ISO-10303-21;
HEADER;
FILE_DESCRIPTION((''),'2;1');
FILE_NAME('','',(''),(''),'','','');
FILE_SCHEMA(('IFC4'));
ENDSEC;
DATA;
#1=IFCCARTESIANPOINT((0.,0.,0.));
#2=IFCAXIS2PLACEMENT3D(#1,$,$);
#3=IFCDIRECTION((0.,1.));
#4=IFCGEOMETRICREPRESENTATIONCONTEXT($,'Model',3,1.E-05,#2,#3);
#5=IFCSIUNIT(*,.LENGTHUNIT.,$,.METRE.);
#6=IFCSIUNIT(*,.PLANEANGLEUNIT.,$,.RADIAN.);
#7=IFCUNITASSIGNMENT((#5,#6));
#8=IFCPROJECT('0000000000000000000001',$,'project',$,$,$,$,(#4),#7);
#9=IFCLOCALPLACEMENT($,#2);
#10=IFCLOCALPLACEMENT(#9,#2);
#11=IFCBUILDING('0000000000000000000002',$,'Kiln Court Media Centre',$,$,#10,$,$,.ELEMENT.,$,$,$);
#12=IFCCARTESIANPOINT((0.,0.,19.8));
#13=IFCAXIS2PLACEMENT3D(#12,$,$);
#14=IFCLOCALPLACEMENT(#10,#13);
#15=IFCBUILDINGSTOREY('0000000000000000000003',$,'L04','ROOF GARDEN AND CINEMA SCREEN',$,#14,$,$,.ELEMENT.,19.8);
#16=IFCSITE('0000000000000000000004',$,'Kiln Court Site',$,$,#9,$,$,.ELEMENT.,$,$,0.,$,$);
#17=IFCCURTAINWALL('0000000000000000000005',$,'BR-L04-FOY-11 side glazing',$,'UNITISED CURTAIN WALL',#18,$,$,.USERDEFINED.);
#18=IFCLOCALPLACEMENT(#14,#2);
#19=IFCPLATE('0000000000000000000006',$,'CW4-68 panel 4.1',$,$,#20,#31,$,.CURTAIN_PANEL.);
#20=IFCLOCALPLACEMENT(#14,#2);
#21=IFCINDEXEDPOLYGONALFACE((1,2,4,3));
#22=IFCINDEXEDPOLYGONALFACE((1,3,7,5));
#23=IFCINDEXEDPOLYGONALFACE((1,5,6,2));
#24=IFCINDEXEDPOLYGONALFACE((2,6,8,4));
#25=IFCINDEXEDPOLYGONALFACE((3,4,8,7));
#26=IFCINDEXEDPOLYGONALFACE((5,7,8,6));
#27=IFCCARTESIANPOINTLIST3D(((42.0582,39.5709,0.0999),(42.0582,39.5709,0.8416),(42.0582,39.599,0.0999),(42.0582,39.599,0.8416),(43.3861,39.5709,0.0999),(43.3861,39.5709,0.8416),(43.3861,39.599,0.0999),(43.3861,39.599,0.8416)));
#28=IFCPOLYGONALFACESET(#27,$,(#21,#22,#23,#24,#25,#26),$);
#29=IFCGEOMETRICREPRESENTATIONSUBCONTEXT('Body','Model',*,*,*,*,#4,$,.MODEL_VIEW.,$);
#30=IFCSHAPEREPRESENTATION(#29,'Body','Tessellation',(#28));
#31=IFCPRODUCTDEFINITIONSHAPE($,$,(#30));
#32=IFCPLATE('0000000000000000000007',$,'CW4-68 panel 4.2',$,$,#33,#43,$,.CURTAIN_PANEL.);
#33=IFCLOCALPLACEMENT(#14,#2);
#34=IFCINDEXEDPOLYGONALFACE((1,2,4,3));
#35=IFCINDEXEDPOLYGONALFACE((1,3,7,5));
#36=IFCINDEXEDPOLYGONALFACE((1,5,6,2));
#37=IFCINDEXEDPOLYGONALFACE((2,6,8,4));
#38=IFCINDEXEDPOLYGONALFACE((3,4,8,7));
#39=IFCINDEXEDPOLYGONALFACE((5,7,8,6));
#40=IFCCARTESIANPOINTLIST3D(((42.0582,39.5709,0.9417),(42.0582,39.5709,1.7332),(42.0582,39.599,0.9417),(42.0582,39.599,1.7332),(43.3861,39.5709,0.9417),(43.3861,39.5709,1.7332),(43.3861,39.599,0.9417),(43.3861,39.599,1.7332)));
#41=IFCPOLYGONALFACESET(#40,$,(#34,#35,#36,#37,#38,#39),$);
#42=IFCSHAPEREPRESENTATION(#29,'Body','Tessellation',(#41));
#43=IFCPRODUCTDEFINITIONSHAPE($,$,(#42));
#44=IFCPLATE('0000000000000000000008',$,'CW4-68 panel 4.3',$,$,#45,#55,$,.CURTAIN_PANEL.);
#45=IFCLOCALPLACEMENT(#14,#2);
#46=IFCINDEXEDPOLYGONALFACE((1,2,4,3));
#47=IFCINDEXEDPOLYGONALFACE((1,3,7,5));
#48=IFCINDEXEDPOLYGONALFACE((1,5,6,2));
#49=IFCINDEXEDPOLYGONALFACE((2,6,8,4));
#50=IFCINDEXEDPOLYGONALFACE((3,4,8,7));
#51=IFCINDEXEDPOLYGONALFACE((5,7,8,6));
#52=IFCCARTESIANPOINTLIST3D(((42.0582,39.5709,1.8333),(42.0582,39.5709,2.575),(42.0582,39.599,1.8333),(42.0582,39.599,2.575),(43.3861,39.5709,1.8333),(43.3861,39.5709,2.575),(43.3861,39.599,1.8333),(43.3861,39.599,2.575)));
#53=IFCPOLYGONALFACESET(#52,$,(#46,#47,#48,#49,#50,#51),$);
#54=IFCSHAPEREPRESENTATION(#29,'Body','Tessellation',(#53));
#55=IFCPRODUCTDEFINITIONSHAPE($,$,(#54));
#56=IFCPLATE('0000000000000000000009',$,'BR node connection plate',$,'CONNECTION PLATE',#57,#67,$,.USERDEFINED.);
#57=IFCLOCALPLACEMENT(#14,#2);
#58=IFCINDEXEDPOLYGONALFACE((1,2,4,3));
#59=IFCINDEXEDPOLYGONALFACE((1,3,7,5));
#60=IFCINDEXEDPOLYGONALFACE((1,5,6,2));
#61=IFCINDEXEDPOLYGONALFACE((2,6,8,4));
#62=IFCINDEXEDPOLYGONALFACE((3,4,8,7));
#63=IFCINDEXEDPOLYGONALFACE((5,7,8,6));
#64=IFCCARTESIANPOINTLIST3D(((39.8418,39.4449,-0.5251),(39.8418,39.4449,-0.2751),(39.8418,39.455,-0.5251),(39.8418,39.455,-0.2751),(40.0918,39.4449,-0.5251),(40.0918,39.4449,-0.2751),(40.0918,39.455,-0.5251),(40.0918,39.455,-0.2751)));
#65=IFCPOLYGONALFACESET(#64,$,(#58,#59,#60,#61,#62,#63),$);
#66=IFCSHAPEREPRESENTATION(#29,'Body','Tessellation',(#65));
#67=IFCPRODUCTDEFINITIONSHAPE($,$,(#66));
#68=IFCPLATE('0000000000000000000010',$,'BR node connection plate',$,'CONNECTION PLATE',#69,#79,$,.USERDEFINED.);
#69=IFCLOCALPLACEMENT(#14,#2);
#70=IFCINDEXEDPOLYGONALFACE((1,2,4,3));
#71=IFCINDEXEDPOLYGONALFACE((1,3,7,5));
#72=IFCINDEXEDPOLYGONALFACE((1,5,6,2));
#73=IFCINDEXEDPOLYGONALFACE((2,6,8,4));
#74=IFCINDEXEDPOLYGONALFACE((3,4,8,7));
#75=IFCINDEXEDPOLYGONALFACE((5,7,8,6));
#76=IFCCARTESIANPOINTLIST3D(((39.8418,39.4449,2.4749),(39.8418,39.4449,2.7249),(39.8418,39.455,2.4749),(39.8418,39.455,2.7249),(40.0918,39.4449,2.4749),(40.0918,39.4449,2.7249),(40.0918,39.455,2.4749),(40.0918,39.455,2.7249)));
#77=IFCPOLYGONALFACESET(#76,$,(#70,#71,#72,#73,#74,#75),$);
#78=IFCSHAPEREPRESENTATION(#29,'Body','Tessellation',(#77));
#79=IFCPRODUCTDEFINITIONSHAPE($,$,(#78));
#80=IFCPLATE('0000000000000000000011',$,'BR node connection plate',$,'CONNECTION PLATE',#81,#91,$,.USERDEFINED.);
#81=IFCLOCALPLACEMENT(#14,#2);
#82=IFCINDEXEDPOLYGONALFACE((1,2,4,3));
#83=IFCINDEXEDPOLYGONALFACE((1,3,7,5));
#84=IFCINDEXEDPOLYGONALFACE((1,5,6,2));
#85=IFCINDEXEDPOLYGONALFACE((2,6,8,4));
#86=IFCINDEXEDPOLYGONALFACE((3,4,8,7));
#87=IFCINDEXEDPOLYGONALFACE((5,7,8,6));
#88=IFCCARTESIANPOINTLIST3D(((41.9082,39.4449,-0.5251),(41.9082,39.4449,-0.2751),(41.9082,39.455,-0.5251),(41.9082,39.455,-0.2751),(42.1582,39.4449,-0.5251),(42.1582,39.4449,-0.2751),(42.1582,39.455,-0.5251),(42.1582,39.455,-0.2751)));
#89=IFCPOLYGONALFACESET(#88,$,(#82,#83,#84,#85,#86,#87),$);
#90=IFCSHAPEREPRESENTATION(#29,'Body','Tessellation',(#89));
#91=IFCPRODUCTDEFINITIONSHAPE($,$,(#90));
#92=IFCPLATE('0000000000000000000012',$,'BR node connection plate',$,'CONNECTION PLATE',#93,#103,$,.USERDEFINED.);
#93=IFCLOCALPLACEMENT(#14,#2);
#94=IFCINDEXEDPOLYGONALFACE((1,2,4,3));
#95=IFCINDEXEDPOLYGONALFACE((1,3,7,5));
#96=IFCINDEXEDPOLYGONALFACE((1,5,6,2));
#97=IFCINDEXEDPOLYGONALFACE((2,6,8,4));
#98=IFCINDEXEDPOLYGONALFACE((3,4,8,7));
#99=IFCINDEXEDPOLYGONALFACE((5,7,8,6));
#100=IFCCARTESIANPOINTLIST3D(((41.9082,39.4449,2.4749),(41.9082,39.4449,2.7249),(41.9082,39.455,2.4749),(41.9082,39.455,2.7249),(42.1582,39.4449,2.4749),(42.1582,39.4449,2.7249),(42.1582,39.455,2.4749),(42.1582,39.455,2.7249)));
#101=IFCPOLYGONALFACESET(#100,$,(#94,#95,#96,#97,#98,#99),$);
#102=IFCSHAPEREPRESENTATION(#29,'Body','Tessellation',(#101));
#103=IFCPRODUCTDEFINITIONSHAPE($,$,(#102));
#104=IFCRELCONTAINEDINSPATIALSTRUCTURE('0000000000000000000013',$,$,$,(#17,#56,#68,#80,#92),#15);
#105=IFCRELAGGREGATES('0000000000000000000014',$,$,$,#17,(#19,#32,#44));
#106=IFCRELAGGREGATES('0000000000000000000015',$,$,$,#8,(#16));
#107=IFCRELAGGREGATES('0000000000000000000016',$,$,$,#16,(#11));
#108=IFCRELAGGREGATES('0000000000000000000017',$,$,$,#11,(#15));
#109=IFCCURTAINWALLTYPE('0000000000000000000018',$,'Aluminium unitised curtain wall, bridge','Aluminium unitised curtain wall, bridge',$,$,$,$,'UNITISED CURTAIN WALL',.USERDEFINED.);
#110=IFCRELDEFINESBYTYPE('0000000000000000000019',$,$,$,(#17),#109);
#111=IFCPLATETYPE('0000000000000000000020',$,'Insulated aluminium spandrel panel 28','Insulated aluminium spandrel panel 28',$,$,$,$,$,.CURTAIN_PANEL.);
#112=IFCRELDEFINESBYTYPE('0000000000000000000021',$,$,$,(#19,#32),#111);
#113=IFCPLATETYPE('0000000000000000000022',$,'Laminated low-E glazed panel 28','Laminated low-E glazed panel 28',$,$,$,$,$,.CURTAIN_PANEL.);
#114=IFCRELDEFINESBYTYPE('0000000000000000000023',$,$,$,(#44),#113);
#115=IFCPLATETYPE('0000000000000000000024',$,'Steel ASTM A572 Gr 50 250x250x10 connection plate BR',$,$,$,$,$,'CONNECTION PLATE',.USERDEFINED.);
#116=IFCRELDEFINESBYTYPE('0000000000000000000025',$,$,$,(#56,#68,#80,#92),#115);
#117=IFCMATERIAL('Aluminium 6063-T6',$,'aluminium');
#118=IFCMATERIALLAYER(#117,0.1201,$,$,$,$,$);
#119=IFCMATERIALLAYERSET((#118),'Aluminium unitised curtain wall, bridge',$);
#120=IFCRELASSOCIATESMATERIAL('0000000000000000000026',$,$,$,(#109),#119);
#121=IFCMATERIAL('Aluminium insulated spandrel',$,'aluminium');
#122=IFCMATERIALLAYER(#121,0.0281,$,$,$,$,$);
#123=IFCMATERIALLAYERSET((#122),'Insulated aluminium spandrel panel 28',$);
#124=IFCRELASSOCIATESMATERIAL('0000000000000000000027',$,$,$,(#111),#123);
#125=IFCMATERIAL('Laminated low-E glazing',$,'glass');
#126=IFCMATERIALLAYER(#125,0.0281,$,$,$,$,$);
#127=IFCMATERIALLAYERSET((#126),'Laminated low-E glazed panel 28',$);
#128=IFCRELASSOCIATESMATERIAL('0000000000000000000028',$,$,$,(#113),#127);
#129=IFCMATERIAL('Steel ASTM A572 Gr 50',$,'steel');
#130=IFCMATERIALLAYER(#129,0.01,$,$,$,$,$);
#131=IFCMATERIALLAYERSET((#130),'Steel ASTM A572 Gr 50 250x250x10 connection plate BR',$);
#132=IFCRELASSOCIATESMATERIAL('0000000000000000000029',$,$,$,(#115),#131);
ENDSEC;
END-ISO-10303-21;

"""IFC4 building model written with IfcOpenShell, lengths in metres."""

from ifc_helpers import new_model, si_unit, direction, frame, origin, origin_2d, place, context, subcontext, project, spatial, rectangle, extrude, material, layer, layer_set, type_object, element, aggregate, save


model = new_model("IFC4")

# Units and contexts
model_context = context("Model", 3, precision=1e-05, world=origin(), true_north=direction((0.0, 1.0)))
body_context = subcontext(model_context, "Body", "Model", "MODEL_VIEW")
ifc_project = project(units=[si_unit("LENGTHUNIT", "METRE"), si_unit("PLANEANGLEUNIT", "RADIAN")], contexts=[model_context])

# Site, building, storey
site_placement = place(None, origin())
site = spatial("IfcSite", under=ifc_project, at=site_placement, Name="Kiln Court Site", CompositionType="ELEMENT", RefElevation=0.0)
building_placement = place(site_placement, origin())
building = spatial("IfcBuilding", under=site, at=building_placement, Name="Kiln Court Media Centre", CompositionType="ELEMENT")
storey_placement = place(building_placement, frame((0.0, 0.0, 19.8)))
storey = spatial("IfcBuildingStorey", under=building, at=storey_placement, Name="L04", Description="ROOF GARDEN AND CINEMA SCREEN", CompositionType="ELEMENT", Elevation=19.8)

# Curtain wall
ifc_material_1 = material(Name="Aluminium 6063-T6", Category="aluminium")
ifc_layer_1 = layer(ifc_material_1, 0.1201)
ifc_layer_set_1 = layer_set([ifc_layer_1], Name="Aluminium unitised curtain wall, bridge")
curtain_wall_type = type_object("IfcCurtainWallType", Name="Aluminium unitised curtain wall, bridge", Description="Aluminium unitised curtain wall, bridge", ElementType="UNITISED CURTAIN WALL", PredefinedType="USERDEFINED", material=ifc_layer_set_1)
curtain_wall_placement = place(storey_placement, origin())
curtain_wall = element("IfcCurtainWall", 1, at=curtain_wall_placement, inside=storey, type_object=curtain_wall_type, Name="BR-L04-FOY-11 side glazing", ObjectType="UNITISED CURTAIN WALL", PredefinedType="USERDEFINED")

# Plates
ifc_material_2 = material(Name="Aluminium insulated spandrel", Category="aluminium")
ifc_layer_2 = layer(ifc_material_2, 0.0281)
ifc_layer_set_2 = layer_set([ifc_layer_2], Name="Insulated aluminium spandrel panel 28")
plate_type_1 = type_object("IfcPlateType", Name="Insulated aluminium spandrel panel 28", Description="Insulated aluminium spandrel panel 28", PredefinedType="CURTAIN_PANEL", material=ifc_layer_set_2)
plate_1_placement = place(storey_placement, frame((42.7222, 39.585, 0.0999), z_axis=(0.0, 0.0, 1.0), x_axis=(1.0, 0.0, 0.0)))
plate_1 = element("IfcPlate", 2, at=plate_1_placement, type_object=plate_type_1, Name="CW4-68 panel 4.1", PredefinedType="CURTAIN_PANEL", context=body_context, shape_type="SweptSolid", body=[
    extrude(rectangle(XDim=1.3279, YDim=0.0281, at=origin_2d()), origin(), (0.0, 0.0, 1.0), 0.7417),
])
plate_2_placement = place(storey_placement, frame((42.7222, 39.585, 0.9417), z_axis=(0.0, 0.0, 1.0), x_axis=(1.0, 0.0, 0.0)))
plate_2 = element("IfcPlate", 3, at=plate_2_placement, type_object=plate_type_1, Name="CW4-68 panel 4.2", PredefinedType="CURTAIN_PANEL", context=body_context, shape_type="SweptSolid", body=[
    extrude(rectangle(XDim=1.3279, YDim=0.0281, at=origin_2d()), origin(), (0.0, 0.0, 1.0), 0.7915),
])
ifc_material_3 = material(Name="Laminated low-E glazing", Category="glass")
ifc_layer_3 = layer(ifc_material_3, 0.0281)
ifc_layer_set_3 = layer_set([ifc_layer_3], Name="Laminated low-E glazed panel 28")
plate_type_2 = type_object("IfcPlateType", Name="Laminated low-E glazed panel 28", Description="Laminated low-E glazed panel 28", PredefinedType="CURTAIN_PANEL", material=ifc_layer_set_3)
plate_3_placement = place(storey_placement, frame((42.7222, 39.585, 1.8333), z_axis=(0.0, 0.0, 1.0), x_axis=(1.0, 0.0, 0.0)))
plate_3 = element("IfcPlate", 4, at=plate_3_placement, type_object=plate_type_2, Name="CW4-68 panel 4.3", PredefinedType="CURTAIN_PANEL", context=body_context, shape_type="SweptSolid", body=[
    extrude(rectangle(XDim=1.3279, YDim=0.0281, at=origin_2d()), origin(), (0.0, 0.0, 1.0), 0.7417),
])
aggregate(curtain_wall, [plate_1, plate_2, plate_3])

# Plates
ifc_material_4 = material(Name="Steel ASTM A572 Gr 50", Category="steel")
ifc_layer_4 = layer(ifc_material_4, 0.01)
ifc_layer_set_4 = layer_set([ifc_layer_4], Name="Steel ASTM A572 Gr 50 250x250x10 connection plate BR")
plate_type_3 = type_object("IfcPlateType", Name="Steel ASTM A572 Gr 50 250x250x10 connection plate BR", ElementType="CONNECTION PLATE", PredefinedType="USERDEFINED", material=ifc_layer_set_4)
for number, where, z_axis, x_axis, name in (
    (5, (39.9668, 39.45, -0.5251), (0.0, 0.0, 1.0), (1.0, 0.0, 0.0), "BR node connection plate"),
    (6, (39.9668, 39.45, 2.4749), (0.0, 0.0, 1.0), (1.0, 0.0, 0.0), "BR node connection plate"),
    (7, (42.0332, 39.45, -0.5251), (0.0, 0.0, 1.0), (1.0, 0.0, 0.0), "BR node connection plate"),
    (8, (42.0332, 39.45, 2.4749), (0.0, 0.0, 1.0), (1.0, 0.0, 0.0), "BR node connection plate"),
):
    element("IfcPlate", number, at=place(storey_placement, frame(where, z_axis=z_axis, x_axis=x_axis)), inside=storey, type_object=plate_type_3, Name=name, ObjectType="CONNECTION PLATE", PredefinedType="USERDEFINED", context=body_context, shape_type="SweptSolid", body=[
        extrude(rectangle(XDim=0.25, YDim=0.01, at=origin_2d()), origin(), (0.0, 0.0, 1.0), 0.25),
    ])

save(model, "model.ifc")
